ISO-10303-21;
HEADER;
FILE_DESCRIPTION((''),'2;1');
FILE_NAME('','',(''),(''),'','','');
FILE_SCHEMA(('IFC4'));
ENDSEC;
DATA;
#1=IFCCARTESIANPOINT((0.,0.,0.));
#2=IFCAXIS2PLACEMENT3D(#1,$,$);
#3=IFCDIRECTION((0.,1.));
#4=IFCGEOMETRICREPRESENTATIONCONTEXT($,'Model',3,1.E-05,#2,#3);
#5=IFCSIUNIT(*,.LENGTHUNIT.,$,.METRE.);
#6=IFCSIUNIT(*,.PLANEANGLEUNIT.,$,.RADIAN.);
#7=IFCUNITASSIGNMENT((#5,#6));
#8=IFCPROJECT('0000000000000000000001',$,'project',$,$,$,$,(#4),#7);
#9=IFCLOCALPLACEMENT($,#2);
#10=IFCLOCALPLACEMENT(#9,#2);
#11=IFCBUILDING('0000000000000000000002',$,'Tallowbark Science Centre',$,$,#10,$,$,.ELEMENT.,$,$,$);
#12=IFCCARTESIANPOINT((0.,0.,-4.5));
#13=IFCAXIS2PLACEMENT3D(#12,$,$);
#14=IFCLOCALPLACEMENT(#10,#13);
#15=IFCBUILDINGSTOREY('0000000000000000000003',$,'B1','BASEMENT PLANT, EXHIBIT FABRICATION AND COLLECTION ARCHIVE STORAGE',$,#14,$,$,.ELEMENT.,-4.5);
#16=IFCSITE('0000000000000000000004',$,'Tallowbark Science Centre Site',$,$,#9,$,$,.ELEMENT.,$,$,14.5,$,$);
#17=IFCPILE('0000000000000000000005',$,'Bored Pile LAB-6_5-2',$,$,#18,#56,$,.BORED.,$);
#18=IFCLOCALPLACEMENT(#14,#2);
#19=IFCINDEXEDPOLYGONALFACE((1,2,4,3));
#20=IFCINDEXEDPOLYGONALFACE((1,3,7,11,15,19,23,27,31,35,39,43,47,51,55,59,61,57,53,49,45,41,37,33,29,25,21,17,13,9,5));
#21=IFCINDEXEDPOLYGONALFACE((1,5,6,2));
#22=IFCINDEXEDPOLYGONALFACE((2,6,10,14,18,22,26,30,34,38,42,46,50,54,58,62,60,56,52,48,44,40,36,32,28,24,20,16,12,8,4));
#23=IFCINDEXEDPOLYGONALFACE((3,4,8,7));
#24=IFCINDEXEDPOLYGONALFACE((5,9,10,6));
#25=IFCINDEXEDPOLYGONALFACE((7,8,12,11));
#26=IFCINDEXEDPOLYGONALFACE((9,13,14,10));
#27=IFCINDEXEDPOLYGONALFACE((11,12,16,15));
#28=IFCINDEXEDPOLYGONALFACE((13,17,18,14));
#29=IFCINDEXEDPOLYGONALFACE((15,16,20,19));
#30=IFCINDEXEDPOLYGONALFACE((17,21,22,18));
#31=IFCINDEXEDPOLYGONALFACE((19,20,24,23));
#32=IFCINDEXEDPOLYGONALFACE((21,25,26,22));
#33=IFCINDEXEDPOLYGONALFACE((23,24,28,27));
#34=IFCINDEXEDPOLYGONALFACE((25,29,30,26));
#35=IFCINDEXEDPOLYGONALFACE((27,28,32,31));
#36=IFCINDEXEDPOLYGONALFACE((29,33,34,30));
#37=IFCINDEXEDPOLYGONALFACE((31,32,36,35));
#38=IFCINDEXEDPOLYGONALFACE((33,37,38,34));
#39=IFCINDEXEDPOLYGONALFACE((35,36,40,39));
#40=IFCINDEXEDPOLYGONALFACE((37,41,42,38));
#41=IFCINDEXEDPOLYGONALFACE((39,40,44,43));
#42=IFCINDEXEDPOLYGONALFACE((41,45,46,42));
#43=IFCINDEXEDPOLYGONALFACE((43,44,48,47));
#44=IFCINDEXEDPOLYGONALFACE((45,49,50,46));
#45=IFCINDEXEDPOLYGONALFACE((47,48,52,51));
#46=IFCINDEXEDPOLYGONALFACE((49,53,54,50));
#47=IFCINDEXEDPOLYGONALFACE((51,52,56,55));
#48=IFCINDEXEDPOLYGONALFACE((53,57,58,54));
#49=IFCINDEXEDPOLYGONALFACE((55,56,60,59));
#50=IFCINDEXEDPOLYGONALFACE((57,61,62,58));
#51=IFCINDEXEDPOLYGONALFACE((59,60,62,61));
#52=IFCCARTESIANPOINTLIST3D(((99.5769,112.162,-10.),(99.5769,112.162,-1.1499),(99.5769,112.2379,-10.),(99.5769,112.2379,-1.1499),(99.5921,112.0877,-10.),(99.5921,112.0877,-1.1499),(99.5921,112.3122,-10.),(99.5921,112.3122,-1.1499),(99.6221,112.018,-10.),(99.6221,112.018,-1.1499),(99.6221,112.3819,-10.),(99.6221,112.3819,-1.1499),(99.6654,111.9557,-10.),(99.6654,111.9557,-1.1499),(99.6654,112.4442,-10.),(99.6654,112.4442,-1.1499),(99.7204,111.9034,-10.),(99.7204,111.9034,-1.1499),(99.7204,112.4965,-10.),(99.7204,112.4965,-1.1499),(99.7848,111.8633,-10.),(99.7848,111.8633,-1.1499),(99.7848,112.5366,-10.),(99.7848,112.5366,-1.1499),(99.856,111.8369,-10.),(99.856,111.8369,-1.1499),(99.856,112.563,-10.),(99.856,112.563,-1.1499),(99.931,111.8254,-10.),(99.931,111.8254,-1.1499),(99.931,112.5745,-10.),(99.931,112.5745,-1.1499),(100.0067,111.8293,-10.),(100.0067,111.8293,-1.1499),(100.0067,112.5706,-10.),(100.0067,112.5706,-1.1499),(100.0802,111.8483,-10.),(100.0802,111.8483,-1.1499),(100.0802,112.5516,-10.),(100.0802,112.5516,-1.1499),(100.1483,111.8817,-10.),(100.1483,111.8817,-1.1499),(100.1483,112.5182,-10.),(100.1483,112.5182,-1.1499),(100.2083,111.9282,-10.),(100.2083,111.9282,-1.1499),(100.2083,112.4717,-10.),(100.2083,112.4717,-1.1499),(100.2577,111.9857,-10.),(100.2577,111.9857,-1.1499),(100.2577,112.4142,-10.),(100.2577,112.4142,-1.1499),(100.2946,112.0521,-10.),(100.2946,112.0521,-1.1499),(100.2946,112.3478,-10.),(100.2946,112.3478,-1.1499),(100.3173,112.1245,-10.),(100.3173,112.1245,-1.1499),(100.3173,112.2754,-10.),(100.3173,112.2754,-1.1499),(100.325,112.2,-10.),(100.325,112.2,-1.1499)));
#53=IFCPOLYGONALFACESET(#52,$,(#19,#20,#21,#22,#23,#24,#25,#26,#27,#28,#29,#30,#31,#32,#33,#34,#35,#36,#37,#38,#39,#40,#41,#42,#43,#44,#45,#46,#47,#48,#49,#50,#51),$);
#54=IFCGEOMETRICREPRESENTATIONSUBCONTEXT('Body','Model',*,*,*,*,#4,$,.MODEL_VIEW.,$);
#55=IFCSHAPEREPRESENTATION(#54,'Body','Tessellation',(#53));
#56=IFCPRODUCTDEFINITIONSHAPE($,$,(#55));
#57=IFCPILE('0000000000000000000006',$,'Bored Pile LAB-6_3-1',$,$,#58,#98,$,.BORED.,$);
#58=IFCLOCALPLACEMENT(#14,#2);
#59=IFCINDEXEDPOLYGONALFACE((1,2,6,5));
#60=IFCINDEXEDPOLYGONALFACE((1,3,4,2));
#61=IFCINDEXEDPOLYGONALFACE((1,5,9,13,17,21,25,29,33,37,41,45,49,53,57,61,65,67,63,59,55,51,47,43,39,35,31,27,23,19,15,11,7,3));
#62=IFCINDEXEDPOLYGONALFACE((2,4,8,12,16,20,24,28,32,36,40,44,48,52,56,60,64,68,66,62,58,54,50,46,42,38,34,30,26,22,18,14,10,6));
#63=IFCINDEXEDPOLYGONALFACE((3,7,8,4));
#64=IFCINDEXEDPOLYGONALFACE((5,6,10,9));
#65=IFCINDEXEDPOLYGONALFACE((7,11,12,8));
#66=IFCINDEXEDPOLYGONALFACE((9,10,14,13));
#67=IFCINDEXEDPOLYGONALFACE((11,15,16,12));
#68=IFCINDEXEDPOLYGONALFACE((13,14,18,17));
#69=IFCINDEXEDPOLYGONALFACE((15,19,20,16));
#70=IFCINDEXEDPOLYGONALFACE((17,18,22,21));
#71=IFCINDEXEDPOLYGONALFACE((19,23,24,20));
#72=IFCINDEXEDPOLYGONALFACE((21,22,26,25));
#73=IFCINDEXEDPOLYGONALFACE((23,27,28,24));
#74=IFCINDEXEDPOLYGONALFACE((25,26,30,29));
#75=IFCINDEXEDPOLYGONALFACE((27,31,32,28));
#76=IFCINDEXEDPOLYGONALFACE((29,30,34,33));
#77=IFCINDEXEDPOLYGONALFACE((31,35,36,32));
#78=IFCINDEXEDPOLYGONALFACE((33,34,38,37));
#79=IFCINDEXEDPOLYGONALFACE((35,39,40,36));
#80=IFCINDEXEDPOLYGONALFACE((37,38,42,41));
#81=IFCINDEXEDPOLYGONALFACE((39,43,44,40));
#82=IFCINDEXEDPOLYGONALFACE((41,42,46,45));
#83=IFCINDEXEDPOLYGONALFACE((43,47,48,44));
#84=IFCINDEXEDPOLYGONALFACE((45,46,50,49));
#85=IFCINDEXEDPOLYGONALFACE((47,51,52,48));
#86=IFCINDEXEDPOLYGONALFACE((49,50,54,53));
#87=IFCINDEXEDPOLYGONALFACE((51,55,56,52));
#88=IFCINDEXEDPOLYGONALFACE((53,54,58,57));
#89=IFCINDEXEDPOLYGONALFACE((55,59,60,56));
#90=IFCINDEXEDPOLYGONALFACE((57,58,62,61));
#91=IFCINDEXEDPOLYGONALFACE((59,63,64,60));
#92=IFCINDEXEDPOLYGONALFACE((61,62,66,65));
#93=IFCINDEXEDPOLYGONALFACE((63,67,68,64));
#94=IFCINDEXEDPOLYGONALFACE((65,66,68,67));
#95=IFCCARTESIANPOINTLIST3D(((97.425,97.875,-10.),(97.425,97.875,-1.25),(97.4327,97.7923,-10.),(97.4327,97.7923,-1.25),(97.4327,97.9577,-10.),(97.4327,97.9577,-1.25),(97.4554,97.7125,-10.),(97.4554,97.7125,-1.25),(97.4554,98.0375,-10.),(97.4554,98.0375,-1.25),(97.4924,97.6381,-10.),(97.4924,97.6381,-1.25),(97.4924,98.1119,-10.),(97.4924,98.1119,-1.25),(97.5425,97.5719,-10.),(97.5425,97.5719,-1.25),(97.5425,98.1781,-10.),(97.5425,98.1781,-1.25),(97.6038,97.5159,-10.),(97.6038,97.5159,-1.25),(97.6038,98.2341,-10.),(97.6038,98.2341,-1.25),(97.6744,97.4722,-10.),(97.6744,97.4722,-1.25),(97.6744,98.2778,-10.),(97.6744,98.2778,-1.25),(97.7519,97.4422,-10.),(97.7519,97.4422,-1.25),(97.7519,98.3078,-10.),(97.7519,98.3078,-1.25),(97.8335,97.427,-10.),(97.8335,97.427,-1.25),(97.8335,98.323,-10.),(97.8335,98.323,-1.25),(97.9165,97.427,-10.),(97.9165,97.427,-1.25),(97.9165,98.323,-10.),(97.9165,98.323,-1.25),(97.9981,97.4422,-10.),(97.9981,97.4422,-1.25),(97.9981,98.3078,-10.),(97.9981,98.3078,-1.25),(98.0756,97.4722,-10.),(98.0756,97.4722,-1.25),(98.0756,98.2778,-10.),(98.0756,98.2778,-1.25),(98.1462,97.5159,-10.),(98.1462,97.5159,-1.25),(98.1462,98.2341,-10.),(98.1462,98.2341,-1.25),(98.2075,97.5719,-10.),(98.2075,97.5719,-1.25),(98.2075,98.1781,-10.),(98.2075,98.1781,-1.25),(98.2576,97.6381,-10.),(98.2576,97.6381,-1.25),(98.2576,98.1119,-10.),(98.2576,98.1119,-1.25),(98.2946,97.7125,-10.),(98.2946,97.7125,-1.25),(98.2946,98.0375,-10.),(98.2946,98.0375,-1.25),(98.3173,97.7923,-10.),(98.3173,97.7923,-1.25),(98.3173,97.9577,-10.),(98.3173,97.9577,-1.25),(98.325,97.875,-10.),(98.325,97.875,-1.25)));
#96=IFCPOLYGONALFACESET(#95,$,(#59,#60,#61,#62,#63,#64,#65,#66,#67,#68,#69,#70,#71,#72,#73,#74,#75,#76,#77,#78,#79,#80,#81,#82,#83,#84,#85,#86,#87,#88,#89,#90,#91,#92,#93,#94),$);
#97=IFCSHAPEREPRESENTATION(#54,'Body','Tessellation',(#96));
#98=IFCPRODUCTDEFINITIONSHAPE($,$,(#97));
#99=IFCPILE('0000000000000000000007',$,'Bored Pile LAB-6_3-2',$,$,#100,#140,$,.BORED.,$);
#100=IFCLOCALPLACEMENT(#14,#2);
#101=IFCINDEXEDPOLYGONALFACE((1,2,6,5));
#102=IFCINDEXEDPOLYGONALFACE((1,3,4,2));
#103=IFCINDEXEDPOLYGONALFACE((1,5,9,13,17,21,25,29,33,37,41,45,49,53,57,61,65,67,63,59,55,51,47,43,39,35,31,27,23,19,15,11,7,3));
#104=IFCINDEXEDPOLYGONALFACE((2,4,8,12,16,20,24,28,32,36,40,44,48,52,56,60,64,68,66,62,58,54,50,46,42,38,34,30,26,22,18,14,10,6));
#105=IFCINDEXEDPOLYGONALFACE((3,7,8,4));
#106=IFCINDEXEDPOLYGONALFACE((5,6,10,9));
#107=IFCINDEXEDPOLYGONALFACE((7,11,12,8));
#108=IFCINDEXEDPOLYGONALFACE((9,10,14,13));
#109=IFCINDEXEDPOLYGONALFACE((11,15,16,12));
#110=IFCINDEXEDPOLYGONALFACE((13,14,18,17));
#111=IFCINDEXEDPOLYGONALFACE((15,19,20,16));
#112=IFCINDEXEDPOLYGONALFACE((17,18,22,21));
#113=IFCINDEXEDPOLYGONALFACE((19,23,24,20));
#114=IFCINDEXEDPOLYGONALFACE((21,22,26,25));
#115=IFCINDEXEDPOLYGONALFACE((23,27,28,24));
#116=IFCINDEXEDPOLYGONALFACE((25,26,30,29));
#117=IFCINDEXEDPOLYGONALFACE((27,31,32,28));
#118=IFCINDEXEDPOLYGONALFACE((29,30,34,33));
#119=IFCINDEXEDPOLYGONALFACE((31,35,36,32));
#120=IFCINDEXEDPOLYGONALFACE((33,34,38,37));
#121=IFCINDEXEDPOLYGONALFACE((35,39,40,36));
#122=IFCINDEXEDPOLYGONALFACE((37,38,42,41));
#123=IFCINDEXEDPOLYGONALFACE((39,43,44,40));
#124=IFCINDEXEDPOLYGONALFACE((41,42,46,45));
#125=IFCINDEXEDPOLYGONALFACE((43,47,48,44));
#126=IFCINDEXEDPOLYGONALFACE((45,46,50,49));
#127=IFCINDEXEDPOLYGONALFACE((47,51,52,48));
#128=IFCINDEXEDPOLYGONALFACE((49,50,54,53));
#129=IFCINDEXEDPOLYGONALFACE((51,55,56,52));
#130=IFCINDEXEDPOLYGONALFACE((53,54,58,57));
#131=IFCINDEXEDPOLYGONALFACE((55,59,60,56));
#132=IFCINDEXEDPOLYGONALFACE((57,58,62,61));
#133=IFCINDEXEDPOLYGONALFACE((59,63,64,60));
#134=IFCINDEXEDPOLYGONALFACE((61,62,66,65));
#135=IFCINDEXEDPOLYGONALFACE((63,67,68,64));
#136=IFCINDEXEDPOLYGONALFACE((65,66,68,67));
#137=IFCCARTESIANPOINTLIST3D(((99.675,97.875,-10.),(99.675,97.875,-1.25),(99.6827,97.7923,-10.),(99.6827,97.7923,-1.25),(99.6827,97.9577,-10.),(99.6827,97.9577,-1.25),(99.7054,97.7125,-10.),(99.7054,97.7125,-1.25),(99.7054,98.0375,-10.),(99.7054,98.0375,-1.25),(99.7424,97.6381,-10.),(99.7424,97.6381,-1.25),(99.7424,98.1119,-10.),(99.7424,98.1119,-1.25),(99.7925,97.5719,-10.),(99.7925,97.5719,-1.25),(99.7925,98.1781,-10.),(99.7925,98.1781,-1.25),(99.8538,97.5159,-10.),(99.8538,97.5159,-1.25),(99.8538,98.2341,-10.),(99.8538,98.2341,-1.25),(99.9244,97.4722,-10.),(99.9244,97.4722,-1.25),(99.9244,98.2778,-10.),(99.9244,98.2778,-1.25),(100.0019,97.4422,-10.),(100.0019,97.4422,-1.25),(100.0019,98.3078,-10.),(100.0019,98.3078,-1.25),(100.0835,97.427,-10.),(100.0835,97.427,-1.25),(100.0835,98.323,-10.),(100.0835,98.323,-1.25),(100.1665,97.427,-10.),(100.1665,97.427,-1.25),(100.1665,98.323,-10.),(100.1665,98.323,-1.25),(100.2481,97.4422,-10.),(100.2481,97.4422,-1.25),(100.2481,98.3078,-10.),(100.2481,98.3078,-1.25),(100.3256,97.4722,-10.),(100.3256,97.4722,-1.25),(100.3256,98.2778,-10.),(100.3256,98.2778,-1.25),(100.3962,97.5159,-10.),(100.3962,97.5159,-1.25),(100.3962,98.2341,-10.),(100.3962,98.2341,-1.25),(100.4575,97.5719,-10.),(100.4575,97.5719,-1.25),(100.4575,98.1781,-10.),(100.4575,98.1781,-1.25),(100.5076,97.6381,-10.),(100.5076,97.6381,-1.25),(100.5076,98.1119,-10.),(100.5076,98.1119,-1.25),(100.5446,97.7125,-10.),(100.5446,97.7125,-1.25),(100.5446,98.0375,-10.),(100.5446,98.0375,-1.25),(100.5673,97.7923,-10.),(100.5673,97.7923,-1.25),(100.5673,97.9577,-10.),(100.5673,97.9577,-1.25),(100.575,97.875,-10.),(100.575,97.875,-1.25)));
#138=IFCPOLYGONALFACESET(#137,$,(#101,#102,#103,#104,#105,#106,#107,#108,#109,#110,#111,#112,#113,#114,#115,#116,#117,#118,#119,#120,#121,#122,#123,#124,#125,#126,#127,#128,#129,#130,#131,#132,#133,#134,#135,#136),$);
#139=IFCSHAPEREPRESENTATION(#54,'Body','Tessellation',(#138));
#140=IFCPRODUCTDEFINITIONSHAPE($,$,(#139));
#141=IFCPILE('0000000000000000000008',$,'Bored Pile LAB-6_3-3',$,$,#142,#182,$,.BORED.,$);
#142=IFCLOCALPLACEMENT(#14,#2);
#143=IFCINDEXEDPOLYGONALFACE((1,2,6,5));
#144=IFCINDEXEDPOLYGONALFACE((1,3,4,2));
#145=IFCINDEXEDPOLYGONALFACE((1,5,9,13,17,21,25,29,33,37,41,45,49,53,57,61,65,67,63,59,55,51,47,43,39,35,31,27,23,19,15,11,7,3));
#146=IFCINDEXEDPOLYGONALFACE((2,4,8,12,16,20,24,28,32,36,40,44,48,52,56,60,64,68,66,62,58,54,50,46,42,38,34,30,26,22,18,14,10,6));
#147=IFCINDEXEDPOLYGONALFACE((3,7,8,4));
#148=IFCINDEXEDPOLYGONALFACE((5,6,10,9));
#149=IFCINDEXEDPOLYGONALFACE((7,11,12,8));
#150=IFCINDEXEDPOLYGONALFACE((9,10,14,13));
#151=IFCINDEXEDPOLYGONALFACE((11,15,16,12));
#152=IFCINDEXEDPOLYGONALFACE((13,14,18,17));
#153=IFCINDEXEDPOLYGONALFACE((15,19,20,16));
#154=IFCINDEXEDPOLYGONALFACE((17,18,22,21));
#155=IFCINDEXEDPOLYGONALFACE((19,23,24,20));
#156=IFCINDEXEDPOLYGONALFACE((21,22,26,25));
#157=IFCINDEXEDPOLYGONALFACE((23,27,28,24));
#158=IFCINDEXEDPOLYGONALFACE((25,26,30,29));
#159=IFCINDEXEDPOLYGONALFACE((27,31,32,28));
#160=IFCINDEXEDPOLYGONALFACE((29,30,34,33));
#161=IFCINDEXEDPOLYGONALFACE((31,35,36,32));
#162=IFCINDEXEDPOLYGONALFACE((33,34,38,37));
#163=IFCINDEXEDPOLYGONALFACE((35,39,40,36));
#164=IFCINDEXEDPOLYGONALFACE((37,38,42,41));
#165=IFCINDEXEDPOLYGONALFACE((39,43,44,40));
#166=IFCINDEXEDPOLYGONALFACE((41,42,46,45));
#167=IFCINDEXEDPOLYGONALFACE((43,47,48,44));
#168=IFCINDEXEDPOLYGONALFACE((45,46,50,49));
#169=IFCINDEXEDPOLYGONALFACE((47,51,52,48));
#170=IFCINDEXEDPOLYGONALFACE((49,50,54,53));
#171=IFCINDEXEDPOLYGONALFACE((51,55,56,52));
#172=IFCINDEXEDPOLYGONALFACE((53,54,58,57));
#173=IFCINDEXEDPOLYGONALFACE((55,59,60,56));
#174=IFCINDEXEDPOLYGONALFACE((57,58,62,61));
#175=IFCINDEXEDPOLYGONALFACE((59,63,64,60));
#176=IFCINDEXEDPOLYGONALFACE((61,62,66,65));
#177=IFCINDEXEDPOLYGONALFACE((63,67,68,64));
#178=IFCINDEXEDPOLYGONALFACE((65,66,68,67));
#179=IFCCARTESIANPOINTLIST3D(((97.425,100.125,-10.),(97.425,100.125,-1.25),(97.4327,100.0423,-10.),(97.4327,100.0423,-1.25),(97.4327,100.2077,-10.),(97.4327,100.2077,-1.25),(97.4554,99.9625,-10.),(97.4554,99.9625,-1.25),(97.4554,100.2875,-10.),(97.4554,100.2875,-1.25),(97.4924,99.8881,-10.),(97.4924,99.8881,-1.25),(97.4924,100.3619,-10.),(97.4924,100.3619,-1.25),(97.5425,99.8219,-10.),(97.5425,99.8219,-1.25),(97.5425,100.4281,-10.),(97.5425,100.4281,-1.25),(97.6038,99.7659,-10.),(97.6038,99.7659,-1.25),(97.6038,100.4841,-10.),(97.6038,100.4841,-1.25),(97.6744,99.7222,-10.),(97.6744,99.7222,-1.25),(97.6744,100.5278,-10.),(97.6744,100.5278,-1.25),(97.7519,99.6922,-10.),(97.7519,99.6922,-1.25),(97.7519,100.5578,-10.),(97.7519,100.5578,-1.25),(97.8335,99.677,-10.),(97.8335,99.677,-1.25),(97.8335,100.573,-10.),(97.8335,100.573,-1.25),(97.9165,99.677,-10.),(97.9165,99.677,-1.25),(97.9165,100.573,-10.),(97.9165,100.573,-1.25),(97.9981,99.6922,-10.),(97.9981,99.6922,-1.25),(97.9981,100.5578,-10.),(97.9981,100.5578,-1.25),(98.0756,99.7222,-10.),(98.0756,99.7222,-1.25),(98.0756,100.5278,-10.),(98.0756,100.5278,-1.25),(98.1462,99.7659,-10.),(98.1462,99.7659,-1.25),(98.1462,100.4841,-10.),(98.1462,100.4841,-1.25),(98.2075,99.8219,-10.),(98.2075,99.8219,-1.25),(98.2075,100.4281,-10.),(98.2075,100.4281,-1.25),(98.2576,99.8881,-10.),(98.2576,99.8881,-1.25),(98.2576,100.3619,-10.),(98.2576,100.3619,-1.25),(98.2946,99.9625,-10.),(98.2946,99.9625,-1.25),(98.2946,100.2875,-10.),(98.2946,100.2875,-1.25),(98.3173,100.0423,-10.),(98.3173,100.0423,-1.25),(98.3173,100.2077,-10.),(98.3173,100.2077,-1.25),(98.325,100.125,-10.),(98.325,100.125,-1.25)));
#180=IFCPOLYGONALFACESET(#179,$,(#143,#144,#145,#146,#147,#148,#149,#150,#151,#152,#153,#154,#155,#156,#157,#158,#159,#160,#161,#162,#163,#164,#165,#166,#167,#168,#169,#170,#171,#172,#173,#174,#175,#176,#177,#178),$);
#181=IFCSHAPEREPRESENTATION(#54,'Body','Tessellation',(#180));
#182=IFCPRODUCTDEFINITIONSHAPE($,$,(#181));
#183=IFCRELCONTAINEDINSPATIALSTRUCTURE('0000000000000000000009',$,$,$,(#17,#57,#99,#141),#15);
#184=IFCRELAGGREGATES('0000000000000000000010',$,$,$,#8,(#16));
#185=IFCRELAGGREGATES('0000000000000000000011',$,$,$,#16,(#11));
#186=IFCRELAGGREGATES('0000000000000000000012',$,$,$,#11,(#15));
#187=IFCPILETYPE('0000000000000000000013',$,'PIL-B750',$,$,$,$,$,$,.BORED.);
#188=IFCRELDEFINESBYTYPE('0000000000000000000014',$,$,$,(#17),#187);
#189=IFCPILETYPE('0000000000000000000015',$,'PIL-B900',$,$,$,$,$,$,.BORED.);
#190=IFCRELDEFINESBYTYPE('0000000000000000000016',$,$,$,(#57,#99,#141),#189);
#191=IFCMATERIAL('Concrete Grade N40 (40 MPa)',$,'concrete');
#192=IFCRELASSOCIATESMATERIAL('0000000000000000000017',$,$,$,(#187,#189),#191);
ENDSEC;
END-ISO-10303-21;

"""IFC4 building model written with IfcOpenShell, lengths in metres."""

from ifc_helpers import new_model, si_unit, direction, frame, origin, origin_2d, place, context, subcontext, project, spatial, circle, extrude, material, material_profile, profile_set, type_object, element, save


model = new_model("IFC4")

# Units and contexts
model_context = context("Model", 3, precision=1e-05, world=origin(), true_north=direction((0.0, 1.0)))
body_context = subcontext(model_context, "Body", "Model", "MODEL_VIEW")
ifc_project = project(units=[si_unit("LENGTHUNIT", "METRE"), si_unit("PLANEANGLEUNIT", "RADIAN")], contexts=[model_context])

# Site, building, storey
site_placement = place(None, origin())
site = spatial("IfcSite", under=ifc_project, at=site_placement, Name="Tallowbark Science Centre Site", CompositionType="ELEMENT", RefElevation=14.5)
building_placement = place(site_placement, origin())
building = spatial("IfcBuilding", under=site, at=building_placement, Name="Tallowbark Science Centre", CompositionType="ELEMENT")
storey_placement = place(building_placement, frame((0.0, 0.0, -4.5)))
storey = spatial("IfcBuildingStorey", under=building, at=storey_placement, Name="B1", Description="BASEMENT PLANT, EXHIBIT FABRICATION AND COLLECTION ARCHIVE STORAGE", CompositionType="ELEMENT", Elevation=-4.5)

# Shared definitions
ifc_material_1 = material(Name="Concrete Grade N40 (40 MPa)", Category="concrete")

# Piles
ifc_material_profile_1 = material_profile(ifc_material_1, circle(Radius=0.375, at=origin_2d()), Name="PILE750")
ifc_profile_set_1 = profile_set([ifc_material_profile_1], Name="Concrete Grade N40 (40 MPa)")
pile_type_1 = type_object("IfcPileType", Name="PIL-B750", PredefinedType="BORED", material=ifc_profile_set_1)
for number, where, z_axis, x_axis, name in (
    (1, (99.95, 112.2, -1.1499), (0.0, 0.0, -1.0), (1.0, 0.0, 0.0), "Bored Pile LAB-6_5-2"),
):
    element("IfcPile", number, at=place(storey_placement, frame(where, z_axis=z_axis, x_axis=x_axis)), inside=storey, type_object=pile_type_1, Name=name, PredefinedType="BORED", context=body_context, shape_type="SweptSolid", body=[
        extrude(circle(Radius=0.375, at=origin_2d()), origin(), (0.0, 0.0, 1.0), 8.8501),
    ])
ifc_material_profile_2 = material_profile(ifc_material_1, circle(Radius=0.45, at=origin_2d()), Name="PILE900")
ifc_profile_set_2 = profile_set([ifc_material_profile_2], Name="Concrete Grade N40 (40 MPa)")
pile_type_2 = type_object("IfcPileType", Name="PIL-B900", PredefinedType="BORED", material=ifc_profile_set_2)
for number, where, z_axis, x_axis, name in (
    (2, (97.875, 97.875, -1.25), (0.0, 0.0, -1.0), (1.0, 0.0, 0.0), "Bored Pile LAB-6_3-1"),
    (3, (100.125, 97.875, -1.25), (0.0, 0.0, -1.0), (1.0, 0.0, 0.0), "Bored Pile LAB-6_3-2"),
    (4, (97.875, 100.125, -1.25), (0.0, 0.0, -1.0), (1.0, 0.0, 0.0), "Bored Pile LAB-6_3-3"),
):
    element("IfcPile", number, at=place(storey_placement, frame(where, z_axis=z_axis, x_axis=x_axis)), inside=storey, type_object=pile_type_2, Name=name, PredefinedType="BORED", context=body_context, shape_type="SweptSolid", body=[
        extrude(circle(Radius=0.45, at=origin_2d()), origin(), (0.0, 0.0, 1.0), 8.75),
    ])

save(model, "model.ifc")
